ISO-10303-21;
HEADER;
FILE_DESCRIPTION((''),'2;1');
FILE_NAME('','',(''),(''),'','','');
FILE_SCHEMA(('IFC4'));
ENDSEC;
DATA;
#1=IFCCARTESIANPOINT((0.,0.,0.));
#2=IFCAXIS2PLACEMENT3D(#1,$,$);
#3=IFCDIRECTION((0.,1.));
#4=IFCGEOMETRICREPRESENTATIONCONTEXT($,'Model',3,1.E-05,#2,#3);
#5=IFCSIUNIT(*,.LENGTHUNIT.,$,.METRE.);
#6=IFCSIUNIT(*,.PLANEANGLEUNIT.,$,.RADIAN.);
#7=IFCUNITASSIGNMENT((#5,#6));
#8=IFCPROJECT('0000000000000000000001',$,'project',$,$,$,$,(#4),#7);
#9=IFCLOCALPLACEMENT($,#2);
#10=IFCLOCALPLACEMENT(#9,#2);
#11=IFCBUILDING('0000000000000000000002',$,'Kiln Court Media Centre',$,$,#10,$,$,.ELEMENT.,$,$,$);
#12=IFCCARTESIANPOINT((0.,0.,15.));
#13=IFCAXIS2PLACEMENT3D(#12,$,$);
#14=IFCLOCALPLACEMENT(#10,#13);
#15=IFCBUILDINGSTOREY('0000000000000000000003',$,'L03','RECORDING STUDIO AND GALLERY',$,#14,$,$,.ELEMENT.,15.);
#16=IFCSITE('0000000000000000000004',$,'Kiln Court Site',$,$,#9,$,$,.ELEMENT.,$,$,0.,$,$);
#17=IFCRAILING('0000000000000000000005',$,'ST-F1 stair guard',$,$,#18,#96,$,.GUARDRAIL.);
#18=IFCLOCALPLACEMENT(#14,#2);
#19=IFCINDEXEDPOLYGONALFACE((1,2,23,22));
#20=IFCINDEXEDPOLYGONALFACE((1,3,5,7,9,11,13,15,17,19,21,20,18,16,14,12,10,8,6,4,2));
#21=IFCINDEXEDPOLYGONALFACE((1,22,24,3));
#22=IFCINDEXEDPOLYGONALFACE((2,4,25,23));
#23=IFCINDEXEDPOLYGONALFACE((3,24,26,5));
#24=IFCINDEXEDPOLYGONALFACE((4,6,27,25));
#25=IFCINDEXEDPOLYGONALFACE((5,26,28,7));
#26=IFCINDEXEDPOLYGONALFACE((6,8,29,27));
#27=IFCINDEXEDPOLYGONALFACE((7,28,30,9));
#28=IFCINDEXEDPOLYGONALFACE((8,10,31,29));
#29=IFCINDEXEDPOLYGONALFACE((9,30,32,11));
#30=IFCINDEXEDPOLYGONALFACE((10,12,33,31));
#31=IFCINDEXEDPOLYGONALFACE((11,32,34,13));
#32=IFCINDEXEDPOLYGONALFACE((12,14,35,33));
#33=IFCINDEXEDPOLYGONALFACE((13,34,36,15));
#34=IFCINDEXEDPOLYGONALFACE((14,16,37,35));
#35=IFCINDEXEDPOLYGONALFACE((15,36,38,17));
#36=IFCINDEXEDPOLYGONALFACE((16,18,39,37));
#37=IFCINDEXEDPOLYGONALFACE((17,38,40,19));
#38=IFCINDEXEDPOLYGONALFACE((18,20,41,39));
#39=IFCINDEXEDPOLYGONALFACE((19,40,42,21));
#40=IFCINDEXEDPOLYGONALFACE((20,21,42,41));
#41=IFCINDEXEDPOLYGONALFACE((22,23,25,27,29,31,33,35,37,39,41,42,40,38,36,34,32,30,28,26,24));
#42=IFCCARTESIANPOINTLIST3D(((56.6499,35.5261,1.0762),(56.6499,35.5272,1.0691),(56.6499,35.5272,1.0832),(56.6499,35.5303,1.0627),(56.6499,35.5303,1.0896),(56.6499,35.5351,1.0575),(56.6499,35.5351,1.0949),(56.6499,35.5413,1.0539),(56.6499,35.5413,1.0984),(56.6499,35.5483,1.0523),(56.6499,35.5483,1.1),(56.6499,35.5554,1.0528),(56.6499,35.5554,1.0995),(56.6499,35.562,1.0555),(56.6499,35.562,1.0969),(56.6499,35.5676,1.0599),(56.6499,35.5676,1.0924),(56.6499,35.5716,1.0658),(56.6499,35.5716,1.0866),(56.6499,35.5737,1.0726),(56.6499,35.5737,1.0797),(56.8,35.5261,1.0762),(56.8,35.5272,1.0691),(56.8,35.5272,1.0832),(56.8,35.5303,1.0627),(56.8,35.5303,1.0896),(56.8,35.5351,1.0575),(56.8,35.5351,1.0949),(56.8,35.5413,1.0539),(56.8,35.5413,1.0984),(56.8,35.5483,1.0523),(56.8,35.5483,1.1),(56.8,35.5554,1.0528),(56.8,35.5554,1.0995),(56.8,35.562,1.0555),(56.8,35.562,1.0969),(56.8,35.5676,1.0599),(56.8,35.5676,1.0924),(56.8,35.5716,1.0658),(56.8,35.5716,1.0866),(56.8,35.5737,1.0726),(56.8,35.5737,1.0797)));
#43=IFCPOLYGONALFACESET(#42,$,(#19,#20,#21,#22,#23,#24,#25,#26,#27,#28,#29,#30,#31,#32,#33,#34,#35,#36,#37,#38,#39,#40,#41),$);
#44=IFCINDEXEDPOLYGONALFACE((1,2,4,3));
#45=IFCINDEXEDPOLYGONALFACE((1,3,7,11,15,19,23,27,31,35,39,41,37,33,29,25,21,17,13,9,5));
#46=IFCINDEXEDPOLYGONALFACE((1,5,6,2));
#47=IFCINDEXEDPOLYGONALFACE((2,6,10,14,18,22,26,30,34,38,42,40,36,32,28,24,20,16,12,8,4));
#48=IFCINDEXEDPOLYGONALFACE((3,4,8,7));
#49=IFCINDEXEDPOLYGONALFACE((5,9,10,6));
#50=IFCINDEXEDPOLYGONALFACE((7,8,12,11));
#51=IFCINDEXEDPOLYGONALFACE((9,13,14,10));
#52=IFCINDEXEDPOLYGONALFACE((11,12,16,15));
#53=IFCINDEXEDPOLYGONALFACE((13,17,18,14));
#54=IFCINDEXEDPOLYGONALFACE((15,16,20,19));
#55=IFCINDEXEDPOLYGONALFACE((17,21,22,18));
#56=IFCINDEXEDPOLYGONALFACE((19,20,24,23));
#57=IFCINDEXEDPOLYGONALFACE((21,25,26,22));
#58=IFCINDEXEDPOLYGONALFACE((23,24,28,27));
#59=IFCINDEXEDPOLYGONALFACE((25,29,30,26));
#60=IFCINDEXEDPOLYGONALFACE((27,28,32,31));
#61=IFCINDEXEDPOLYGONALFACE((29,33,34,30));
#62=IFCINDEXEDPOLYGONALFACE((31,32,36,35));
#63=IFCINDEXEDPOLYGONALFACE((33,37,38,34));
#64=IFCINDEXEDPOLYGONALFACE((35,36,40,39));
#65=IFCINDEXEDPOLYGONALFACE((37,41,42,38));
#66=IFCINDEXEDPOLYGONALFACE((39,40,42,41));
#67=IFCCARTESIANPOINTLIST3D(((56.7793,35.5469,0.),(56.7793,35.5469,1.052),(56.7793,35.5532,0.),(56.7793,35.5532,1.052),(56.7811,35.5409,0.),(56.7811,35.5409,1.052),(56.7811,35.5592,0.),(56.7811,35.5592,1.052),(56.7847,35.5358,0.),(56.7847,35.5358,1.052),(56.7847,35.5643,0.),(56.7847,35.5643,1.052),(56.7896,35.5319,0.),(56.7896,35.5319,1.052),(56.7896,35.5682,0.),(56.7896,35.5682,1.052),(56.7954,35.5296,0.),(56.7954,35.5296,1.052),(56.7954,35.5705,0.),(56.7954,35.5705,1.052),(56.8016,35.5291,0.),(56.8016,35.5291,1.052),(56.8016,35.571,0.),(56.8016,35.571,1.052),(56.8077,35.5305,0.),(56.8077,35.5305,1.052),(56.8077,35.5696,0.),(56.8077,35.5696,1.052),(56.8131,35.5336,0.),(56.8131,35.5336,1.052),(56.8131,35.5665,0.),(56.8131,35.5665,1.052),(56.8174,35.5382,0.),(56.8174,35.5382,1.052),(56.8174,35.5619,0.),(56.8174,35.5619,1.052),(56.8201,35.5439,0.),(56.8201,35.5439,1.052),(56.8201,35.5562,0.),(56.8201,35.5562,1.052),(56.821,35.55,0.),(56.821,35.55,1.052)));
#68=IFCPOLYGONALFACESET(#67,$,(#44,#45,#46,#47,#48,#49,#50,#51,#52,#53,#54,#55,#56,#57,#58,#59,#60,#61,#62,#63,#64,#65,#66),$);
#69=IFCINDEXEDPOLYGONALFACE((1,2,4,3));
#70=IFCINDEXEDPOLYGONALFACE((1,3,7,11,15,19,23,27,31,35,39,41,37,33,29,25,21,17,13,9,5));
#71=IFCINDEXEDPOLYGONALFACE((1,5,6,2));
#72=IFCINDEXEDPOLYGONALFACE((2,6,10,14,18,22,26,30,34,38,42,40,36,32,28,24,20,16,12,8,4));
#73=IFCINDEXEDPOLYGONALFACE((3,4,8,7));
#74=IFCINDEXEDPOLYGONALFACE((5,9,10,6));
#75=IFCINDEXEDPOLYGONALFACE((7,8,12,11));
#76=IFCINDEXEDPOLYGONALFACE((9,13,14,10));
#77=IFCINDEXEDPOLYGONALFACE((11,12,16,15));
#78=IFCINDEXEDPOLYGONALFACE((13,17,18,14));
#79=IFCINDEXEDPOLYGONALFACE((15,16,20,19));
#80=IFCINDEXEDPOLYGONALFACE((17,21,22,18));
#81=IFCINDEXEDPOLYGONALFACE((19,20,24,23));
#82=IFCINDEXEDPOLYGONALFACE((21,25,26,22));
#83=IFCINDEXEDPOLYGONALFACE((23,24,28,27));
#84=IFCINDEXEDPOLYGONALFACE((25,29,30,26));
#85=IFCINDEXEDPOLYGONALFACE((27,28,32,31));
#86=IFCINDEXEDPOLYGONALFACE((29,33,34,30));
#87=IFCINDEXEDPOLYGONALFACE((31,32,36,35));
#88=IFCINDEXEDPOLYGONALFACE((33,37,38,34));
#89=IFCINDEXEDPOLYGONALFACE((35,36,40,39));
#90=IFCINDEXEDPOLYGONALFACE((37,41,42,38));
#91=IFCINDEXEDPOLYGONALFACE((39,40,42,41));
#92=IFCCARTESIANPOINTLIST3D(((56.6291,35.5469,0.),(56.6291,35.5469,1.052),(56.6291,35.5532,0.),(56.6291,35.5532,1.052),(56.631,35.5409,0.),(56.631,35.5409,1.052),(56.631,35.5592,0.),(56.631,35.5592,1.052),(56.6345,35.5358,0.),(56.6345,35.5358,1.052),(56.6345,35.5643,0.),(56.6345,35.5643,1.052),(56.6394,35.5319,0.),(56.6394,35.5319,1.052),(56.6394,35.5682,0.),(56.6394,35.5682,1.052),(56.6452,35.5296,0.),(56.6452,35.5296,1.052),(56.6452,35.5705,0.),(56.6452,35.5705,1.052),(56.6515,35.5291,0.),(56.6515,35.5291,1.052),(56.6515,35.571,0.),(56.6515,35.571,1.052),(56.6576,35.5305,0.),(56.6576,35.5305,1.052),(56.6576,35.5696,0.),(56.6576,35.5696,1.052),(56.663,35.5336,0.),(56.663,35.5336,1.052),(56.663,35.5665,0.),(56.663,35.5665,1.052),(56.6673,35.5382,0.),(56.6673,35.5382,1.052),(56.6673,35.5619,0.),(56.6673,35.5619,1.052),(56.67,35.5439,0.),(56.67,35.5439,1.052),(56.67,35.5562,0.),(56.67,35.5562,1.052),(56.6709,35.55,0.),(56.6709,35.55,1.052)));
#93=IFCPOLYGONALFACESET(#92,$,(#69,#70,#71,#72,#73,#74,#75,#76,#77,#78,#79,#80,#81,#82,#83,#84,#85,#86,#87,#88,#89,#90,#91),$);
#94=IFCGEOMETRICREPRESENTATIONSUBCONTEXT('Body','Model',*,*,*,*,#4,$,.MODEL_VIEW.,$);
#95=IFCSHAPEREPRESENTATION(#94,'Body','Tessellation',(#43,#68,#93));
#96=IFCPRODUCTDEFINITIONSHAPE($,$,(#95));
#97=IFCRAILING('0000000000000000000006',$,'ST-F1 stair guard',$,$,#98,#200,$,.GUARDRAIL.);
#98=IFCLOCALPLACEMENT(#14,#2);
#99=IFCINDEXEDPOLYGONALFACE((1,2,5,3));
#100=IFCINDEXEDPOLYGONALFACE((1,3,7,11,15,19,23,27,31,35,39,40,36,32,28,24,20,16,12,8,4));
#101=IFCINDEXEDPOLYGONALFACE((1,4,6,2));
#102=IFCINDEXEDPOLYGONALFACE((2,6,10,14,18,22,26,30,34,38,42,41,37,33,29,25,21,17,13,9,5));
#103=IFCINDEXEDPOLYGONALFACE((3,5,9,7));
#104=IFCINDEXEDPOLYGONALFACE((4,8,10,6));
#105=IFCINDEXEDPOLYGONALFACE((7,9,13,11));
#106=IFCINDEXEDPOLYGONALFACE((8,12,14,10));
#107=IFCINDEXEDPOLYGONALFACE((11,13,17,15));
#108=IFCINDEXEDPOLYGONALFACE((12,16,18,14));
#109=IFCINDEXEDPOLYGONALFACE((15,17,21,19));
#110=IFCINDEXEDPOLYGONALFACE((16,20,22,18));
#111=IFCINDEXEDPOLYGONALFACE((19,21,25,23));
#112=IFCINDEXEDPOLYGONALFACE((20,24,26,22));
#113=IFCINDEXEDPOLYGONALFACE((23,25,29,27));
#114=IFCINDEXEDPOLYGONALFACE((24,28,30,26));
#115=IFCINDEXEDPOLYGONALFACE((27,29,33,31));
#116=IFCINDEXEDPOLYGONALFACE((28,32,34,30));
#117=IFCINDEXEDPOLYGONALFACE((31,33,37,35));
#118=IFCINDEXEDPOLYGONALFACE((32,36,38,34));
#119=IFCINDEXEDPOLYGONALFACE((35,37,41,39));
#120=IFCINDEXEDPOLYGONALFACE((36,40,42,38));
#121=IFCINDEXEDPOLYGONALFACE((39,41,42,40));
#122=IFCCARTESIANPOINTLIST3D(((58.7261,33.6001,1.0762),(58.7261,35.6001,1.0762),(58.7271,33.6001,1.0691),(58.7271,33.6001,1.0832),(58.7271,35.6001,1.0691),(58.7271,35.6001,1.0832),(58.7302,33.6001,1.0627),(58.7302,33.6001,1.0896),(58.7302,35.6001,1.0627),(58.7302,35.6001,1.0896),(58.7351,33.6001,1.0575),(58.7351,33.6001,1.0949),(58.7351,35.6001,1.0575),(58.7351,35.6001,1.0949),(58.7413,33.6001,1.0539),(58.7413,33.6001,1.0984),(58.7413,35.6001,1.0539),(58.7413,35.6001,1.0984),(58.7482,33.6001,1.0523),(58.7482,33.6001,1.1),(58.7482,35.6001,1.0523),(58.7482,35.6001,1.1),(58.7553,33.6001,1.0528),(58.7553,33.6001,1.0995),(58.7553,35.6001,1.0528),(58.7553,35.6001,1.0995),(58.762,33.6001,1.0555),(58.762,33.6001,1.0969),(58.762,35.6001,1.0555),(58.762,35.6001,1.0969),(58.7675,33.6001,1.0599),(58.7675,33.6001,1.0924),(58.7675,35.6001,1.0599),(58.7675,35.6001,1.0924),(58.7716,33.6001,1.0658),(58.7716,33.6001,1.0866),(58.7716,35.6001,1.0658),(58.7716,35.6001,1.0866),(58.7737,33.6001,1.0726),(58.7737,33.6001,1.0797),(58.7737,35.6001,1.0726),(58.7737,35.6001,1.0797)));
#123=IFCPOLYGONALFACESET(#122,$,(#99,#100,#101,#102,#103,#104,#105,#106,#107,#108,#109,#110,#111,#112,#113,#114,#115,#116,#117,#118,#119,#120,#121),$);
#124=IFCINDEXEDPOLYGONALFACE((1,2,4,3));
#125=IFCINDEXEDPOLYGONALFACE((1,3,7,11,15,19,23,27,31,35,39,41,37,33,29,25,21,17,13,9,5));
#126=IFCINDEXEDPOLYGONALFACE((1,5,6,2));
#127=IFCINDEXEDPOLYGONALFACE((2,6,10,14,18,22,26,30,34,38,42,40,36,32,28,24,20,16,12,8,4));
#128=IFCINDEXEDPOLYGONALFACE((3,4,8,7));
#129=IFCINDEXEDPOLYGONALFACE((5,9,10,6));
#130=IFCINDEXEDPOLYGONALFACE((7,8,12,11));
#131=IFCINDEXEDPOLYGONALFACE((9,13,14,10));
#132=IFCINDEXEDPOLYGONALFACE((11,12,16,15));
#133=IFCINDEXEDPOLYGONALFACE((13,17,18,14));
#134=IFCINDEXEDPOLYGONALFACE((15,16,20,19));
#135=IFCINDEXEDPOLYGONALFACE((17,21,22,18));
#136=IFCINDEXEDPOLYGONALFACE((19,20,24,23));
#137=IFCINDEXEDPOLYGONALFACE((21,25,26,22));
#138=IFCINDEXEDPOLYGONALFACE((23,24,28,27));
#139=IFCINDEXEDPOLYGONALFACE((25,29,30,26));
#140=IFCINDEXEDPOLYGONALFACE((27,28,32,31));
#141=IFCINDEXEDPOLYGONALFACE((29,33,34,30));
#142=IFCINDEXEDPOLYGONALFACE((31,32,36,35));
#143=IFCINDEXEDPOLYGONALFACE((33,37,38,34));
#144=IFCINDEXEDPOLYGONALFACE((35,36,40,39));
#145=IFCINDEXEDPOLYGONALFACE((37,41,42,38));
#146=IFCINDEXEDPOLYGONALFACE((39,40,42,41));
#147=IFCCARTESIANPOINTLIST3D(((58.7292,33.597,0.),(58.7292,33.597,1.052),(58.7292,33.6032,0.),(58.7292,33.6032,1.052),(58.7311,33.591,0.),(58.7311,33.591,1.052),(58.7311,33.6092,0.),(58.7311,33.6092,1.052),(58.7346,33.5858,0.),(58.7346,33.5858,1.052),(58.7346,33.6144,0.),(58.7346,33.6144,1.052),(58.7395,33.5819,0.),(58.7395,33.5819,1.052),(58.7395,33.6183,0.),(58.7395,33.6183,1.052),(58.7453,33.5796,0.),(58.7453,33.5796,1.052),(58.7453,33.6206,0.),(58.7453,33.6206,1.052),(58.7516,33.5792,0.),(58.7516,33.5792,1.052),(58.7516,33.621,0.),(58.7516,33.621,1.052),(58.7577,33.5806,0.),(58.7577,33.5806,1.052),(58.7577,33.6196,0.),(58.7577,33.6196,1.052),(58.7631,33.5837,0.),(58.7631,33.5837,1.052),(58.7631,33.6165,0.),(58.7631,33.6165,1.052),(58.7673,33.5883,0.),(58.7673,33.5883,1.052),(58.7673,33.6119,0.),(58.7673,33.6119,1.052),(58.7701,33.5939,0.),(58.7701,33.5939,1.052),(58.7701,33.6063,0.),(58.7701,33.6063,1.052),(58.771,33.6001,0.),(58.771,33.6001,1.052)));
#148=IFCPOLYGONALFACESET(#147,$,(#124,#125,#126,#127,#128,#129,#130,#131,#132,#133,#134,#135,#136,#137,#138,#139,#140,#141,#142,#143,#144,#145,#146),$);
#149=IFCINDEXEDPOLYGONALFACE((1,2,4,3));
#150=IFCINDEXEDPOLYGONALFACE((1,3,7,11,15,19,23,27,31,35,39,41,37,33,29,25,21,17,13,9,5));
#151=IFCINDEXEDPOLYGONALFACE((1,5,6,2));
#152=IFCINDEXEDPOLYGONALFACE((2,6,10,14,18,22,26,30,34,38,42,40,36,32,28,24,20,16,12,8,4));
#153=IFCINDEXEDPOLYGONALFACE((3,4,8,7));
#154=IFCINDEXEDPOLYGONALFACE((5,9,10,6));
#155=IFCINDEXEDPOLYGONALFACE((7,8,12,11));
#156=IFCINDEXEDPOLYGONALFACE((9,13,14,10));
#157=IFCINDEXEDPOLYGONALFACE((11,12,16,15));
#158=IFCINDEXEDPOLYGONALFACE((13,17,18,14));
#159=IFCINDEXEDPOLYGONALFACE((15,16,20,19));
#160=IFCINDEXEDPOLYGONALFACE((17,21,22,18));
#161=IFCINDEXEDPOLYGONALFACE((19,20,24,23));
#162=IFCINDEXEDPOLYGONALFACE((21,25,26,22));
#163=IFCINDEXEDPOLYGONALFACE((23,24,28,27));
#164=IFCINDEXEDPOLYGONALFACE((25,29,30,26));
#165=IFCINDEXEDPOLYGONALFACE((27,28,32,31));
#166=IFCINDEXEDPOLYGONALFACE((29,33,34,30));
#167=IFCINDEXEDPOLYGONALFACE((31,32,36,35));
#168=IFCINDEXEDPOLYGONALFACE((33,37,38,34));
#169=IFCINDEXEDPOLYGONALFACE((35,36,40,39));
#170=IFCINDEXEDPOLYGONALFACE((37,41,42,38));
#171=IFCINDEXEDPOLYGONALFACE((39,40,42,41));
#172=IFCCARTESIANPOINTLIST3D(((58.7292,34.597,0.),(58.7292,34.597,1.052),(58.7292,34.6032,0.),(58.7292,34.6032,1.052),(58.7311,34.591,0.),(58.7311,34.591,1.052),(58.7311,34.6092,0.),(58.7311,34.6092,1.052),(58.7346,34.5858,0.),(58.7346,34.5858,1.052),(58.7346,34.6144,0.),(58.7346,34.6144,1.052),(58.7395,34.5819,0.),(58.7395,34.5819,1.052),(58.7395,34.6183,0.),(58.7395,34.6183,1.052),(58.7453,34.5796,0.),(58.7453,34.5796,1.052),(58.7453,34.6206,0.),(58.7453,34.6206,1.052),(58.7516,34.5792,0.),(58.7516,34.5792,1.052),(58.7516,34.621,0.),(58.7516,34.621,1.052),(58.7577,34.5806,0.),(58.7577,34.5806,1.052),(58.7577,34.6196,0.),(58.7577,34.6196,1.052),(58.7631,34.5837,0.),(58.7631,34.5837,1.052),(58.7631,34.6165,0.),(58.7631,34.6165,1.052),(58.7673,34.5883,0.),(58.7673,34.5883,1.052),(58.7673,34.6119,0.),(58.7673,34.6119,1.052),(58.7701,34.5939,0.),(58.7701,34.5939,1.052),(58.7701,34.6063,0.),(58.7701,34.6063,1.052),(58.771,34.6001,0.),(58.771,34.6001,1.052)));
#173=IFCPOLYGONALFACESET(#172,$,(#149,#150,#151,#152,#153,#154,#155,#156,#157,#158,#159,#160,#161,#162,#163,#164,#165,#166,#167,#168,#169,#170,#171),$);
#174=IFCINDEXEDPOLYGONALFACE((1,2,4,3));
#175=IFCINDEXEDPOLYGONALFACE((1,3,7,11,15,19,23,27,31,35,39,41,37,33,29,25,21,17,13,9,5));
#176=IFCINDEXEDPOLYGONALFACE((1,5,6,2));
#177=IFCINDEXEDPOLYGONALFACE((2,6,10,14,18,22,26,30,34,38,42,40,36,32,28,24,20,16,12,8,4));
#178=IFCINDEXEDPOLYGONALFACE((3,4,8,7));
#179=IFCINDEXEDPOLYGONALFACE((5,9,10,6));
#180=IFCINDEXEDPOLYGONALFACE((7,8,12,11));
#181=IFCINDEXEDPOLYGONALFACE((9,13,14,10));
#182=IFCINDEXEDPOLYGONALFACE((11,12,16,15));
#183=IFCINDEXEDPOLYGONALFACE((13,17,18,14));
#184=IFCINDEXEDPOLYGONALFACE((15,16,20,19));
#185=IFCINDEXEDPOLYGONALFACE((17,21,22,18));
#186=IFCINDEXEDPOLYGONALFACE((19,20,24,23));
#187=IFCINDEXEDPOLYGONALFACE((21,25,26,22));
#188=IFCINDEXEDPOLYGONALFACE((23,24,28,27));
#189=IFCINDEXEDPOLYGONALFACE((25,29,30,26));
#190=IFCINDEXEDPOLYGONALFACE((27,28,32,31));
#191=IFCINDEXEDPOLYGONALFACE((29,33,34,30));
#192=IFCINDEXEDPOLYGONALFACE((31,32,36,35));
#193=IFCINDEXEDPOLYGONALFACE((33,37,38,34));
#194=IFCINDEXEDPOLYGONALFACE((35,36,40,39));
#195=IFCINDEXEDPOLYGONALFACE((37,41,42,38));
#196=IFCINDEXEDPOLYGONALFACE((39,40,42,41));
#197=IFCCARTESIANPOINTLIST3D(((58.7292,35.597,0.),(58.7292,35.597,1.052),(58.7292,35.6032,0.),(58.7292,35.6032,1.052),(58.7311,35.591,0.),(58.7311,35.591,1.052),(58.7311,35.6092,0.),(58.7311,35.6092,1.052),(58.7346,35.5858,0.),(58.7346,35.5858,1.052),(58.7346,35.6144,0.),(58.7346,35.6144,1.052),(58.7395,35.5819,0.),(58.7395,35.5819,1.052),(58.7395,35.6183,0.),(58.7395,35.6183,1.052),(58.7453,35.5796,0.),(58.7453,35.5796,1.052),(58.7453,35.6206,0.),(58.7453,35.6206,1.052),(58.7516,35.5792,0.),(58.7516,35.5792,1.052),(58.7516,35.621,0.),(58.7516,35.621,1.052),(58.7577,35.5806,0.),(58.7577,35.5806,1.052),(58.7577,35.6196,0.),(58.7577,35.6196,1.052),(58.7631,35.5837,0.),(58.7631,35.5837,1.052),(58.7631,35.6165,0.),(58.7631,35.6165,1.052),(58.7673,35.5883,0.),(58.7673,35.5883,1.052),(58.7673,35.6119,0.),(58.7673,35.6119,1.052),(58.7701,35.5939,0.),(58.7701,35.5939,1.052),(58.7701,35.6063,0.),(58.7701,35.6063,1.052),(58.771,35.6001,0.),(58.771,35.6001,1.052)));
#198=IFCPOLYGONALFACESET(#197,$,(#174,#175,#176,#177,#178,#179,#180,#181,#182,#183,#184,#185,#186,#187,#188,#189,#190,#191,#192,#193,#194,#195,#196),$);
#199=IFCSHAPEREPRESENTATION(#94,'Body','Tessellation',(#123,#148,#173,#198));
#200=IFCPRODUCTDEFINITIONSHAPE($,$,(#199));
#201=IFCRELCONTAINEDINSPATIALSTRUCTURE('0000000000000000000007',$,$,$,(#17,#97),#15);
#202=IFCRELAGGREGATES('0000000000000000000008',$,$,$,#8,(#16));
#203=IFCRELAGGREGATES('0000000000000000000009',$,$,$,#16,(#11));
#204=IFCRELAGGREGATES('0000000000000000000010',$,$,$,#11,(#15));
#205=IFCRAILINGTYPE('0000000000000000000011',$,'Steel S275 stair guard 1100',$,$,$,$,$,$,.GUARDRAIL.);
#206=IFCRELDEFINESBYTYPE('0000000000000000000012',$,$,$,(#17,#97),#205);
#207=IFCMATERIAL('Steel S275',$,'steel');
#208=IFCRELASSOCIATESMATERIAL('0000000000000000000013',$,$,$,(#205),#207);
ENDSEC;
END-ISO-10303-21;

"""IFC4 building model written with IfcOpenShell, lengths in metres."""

from ifc_helpers import new_model, si_unit, direction, frame, origin, origin_2d, place, context, subcontext, project, spatial, circle, extrude, material, type_object, element, save


model = new_model("IFC4")

# Units and contexts
model_context = context("Model", 3, precision=1e-05, world=origin(), true_north=direction((0.0, 1.0)))
body_context = subcontext(model_context, "Body", "Model", "MODEL_VIEW")
ifc_project = project(units=[si_unit("LENGTHUNIT", "METRE"), si_unit("PLANEANGLEUNIT", "RADIAN")], contexts=[model_context])

# Site, building, storey
site_placement = place(None, origin())
site = spatial("IfcSite", under=ifc_project, at=site_placement, Name="Kiln Court Site", CompositionType="ELEMENT", RefElevation=0.0)
building_placement = place(site_placement, origin())
building = spatial("IfcBuilding", under=site, at=building_placement, Name="Kiln Court Media Centre", CompositionType="ELEMENT")
storey_placement = place(building_placement, frame((0.0, 0.0, 15.0)))
storey = spatial("IfcBuildingStorey", under=building, at=storey_placement, Name="L03", Description="RECORDING STUDIO AND GALLERY", CompositionType="ELEMENT", Elevation=15.0)

# Railings
ifc_material_1 = material(Name="Steel S275", Category="steel")
railing_type_1 = type_object("IfcRailingType", Name="Steel S275 stair guard 1100", PredefinedType="GUARDRAIL", material=ifc_material_1)
railing_1_placement = place(storey_placement, frame((56.8, 35.55, 0.0)))
element("IfcRailing", 1, at=railing_1_placement, inside=storey, type_object=railing_type_1, Name="ST-F1 stair guard", PredefinedType="GUARDRAIL", context=body_context, shape_type="SweptSolid", body=[
    extrude(circle(Radius=0.0239, at=origin_2d()), frame((0.0, 0.0, 1.0762), z_axis=(-1.0, 0.0, 0.0), x_axis=(0.0, -1.0, 0.0)), (0.0, 0.0, 1.0), 0.1501),
    extrude(circle(Radius=0.021, at=origin_2d()), origin(), (0.0, 0.0, 1.0), 1.052),
    extrude(circle(Radius=0.021, at=origin_2d()), frame((-0.1501, 0.0, 0.0)), (0.0, 0.0, 1.0), 1.052),
])
for number, where, name in (
    (2, (58.75, 33.6001, 0.0), "ST-F1 stair guard"),
):
    element("IfcRailing", number, at=place(storey_placement, frame(where)), inside=storey, type_object=railing_type_1, Name=name, PredefinedType="GUARDRAIL", context=body_context, shape_type="SweptSolid", body=[
        extrude(circle(Radius=0.0239, at=origin_2d()), frame((0.0, 0.0, 1.0762), z_axis=(0.0, 1.0, 0.0), x_axis=(-1.0, 0.0, 0.0)), (0.0, 0.0, 1.0), 2.0),
        extrude(circle(Radius=0.021, at=origin_2d()), origin(), (0.0, 0.0, 1.0), 1.052),
        extrude(circle(Radius=0.021, at=origin_2d()), frame((0.0, 1.0, 0.0)), (0.0, 0.0, 1.0), 1.052),
        extrude(circle(Radius=0.021, at=origin_2d()), frame((0.0, 2.0, 0.0)), (0.0, 0.0, 1.0), 1.052),
    ])

save(model, "model.ifc")
